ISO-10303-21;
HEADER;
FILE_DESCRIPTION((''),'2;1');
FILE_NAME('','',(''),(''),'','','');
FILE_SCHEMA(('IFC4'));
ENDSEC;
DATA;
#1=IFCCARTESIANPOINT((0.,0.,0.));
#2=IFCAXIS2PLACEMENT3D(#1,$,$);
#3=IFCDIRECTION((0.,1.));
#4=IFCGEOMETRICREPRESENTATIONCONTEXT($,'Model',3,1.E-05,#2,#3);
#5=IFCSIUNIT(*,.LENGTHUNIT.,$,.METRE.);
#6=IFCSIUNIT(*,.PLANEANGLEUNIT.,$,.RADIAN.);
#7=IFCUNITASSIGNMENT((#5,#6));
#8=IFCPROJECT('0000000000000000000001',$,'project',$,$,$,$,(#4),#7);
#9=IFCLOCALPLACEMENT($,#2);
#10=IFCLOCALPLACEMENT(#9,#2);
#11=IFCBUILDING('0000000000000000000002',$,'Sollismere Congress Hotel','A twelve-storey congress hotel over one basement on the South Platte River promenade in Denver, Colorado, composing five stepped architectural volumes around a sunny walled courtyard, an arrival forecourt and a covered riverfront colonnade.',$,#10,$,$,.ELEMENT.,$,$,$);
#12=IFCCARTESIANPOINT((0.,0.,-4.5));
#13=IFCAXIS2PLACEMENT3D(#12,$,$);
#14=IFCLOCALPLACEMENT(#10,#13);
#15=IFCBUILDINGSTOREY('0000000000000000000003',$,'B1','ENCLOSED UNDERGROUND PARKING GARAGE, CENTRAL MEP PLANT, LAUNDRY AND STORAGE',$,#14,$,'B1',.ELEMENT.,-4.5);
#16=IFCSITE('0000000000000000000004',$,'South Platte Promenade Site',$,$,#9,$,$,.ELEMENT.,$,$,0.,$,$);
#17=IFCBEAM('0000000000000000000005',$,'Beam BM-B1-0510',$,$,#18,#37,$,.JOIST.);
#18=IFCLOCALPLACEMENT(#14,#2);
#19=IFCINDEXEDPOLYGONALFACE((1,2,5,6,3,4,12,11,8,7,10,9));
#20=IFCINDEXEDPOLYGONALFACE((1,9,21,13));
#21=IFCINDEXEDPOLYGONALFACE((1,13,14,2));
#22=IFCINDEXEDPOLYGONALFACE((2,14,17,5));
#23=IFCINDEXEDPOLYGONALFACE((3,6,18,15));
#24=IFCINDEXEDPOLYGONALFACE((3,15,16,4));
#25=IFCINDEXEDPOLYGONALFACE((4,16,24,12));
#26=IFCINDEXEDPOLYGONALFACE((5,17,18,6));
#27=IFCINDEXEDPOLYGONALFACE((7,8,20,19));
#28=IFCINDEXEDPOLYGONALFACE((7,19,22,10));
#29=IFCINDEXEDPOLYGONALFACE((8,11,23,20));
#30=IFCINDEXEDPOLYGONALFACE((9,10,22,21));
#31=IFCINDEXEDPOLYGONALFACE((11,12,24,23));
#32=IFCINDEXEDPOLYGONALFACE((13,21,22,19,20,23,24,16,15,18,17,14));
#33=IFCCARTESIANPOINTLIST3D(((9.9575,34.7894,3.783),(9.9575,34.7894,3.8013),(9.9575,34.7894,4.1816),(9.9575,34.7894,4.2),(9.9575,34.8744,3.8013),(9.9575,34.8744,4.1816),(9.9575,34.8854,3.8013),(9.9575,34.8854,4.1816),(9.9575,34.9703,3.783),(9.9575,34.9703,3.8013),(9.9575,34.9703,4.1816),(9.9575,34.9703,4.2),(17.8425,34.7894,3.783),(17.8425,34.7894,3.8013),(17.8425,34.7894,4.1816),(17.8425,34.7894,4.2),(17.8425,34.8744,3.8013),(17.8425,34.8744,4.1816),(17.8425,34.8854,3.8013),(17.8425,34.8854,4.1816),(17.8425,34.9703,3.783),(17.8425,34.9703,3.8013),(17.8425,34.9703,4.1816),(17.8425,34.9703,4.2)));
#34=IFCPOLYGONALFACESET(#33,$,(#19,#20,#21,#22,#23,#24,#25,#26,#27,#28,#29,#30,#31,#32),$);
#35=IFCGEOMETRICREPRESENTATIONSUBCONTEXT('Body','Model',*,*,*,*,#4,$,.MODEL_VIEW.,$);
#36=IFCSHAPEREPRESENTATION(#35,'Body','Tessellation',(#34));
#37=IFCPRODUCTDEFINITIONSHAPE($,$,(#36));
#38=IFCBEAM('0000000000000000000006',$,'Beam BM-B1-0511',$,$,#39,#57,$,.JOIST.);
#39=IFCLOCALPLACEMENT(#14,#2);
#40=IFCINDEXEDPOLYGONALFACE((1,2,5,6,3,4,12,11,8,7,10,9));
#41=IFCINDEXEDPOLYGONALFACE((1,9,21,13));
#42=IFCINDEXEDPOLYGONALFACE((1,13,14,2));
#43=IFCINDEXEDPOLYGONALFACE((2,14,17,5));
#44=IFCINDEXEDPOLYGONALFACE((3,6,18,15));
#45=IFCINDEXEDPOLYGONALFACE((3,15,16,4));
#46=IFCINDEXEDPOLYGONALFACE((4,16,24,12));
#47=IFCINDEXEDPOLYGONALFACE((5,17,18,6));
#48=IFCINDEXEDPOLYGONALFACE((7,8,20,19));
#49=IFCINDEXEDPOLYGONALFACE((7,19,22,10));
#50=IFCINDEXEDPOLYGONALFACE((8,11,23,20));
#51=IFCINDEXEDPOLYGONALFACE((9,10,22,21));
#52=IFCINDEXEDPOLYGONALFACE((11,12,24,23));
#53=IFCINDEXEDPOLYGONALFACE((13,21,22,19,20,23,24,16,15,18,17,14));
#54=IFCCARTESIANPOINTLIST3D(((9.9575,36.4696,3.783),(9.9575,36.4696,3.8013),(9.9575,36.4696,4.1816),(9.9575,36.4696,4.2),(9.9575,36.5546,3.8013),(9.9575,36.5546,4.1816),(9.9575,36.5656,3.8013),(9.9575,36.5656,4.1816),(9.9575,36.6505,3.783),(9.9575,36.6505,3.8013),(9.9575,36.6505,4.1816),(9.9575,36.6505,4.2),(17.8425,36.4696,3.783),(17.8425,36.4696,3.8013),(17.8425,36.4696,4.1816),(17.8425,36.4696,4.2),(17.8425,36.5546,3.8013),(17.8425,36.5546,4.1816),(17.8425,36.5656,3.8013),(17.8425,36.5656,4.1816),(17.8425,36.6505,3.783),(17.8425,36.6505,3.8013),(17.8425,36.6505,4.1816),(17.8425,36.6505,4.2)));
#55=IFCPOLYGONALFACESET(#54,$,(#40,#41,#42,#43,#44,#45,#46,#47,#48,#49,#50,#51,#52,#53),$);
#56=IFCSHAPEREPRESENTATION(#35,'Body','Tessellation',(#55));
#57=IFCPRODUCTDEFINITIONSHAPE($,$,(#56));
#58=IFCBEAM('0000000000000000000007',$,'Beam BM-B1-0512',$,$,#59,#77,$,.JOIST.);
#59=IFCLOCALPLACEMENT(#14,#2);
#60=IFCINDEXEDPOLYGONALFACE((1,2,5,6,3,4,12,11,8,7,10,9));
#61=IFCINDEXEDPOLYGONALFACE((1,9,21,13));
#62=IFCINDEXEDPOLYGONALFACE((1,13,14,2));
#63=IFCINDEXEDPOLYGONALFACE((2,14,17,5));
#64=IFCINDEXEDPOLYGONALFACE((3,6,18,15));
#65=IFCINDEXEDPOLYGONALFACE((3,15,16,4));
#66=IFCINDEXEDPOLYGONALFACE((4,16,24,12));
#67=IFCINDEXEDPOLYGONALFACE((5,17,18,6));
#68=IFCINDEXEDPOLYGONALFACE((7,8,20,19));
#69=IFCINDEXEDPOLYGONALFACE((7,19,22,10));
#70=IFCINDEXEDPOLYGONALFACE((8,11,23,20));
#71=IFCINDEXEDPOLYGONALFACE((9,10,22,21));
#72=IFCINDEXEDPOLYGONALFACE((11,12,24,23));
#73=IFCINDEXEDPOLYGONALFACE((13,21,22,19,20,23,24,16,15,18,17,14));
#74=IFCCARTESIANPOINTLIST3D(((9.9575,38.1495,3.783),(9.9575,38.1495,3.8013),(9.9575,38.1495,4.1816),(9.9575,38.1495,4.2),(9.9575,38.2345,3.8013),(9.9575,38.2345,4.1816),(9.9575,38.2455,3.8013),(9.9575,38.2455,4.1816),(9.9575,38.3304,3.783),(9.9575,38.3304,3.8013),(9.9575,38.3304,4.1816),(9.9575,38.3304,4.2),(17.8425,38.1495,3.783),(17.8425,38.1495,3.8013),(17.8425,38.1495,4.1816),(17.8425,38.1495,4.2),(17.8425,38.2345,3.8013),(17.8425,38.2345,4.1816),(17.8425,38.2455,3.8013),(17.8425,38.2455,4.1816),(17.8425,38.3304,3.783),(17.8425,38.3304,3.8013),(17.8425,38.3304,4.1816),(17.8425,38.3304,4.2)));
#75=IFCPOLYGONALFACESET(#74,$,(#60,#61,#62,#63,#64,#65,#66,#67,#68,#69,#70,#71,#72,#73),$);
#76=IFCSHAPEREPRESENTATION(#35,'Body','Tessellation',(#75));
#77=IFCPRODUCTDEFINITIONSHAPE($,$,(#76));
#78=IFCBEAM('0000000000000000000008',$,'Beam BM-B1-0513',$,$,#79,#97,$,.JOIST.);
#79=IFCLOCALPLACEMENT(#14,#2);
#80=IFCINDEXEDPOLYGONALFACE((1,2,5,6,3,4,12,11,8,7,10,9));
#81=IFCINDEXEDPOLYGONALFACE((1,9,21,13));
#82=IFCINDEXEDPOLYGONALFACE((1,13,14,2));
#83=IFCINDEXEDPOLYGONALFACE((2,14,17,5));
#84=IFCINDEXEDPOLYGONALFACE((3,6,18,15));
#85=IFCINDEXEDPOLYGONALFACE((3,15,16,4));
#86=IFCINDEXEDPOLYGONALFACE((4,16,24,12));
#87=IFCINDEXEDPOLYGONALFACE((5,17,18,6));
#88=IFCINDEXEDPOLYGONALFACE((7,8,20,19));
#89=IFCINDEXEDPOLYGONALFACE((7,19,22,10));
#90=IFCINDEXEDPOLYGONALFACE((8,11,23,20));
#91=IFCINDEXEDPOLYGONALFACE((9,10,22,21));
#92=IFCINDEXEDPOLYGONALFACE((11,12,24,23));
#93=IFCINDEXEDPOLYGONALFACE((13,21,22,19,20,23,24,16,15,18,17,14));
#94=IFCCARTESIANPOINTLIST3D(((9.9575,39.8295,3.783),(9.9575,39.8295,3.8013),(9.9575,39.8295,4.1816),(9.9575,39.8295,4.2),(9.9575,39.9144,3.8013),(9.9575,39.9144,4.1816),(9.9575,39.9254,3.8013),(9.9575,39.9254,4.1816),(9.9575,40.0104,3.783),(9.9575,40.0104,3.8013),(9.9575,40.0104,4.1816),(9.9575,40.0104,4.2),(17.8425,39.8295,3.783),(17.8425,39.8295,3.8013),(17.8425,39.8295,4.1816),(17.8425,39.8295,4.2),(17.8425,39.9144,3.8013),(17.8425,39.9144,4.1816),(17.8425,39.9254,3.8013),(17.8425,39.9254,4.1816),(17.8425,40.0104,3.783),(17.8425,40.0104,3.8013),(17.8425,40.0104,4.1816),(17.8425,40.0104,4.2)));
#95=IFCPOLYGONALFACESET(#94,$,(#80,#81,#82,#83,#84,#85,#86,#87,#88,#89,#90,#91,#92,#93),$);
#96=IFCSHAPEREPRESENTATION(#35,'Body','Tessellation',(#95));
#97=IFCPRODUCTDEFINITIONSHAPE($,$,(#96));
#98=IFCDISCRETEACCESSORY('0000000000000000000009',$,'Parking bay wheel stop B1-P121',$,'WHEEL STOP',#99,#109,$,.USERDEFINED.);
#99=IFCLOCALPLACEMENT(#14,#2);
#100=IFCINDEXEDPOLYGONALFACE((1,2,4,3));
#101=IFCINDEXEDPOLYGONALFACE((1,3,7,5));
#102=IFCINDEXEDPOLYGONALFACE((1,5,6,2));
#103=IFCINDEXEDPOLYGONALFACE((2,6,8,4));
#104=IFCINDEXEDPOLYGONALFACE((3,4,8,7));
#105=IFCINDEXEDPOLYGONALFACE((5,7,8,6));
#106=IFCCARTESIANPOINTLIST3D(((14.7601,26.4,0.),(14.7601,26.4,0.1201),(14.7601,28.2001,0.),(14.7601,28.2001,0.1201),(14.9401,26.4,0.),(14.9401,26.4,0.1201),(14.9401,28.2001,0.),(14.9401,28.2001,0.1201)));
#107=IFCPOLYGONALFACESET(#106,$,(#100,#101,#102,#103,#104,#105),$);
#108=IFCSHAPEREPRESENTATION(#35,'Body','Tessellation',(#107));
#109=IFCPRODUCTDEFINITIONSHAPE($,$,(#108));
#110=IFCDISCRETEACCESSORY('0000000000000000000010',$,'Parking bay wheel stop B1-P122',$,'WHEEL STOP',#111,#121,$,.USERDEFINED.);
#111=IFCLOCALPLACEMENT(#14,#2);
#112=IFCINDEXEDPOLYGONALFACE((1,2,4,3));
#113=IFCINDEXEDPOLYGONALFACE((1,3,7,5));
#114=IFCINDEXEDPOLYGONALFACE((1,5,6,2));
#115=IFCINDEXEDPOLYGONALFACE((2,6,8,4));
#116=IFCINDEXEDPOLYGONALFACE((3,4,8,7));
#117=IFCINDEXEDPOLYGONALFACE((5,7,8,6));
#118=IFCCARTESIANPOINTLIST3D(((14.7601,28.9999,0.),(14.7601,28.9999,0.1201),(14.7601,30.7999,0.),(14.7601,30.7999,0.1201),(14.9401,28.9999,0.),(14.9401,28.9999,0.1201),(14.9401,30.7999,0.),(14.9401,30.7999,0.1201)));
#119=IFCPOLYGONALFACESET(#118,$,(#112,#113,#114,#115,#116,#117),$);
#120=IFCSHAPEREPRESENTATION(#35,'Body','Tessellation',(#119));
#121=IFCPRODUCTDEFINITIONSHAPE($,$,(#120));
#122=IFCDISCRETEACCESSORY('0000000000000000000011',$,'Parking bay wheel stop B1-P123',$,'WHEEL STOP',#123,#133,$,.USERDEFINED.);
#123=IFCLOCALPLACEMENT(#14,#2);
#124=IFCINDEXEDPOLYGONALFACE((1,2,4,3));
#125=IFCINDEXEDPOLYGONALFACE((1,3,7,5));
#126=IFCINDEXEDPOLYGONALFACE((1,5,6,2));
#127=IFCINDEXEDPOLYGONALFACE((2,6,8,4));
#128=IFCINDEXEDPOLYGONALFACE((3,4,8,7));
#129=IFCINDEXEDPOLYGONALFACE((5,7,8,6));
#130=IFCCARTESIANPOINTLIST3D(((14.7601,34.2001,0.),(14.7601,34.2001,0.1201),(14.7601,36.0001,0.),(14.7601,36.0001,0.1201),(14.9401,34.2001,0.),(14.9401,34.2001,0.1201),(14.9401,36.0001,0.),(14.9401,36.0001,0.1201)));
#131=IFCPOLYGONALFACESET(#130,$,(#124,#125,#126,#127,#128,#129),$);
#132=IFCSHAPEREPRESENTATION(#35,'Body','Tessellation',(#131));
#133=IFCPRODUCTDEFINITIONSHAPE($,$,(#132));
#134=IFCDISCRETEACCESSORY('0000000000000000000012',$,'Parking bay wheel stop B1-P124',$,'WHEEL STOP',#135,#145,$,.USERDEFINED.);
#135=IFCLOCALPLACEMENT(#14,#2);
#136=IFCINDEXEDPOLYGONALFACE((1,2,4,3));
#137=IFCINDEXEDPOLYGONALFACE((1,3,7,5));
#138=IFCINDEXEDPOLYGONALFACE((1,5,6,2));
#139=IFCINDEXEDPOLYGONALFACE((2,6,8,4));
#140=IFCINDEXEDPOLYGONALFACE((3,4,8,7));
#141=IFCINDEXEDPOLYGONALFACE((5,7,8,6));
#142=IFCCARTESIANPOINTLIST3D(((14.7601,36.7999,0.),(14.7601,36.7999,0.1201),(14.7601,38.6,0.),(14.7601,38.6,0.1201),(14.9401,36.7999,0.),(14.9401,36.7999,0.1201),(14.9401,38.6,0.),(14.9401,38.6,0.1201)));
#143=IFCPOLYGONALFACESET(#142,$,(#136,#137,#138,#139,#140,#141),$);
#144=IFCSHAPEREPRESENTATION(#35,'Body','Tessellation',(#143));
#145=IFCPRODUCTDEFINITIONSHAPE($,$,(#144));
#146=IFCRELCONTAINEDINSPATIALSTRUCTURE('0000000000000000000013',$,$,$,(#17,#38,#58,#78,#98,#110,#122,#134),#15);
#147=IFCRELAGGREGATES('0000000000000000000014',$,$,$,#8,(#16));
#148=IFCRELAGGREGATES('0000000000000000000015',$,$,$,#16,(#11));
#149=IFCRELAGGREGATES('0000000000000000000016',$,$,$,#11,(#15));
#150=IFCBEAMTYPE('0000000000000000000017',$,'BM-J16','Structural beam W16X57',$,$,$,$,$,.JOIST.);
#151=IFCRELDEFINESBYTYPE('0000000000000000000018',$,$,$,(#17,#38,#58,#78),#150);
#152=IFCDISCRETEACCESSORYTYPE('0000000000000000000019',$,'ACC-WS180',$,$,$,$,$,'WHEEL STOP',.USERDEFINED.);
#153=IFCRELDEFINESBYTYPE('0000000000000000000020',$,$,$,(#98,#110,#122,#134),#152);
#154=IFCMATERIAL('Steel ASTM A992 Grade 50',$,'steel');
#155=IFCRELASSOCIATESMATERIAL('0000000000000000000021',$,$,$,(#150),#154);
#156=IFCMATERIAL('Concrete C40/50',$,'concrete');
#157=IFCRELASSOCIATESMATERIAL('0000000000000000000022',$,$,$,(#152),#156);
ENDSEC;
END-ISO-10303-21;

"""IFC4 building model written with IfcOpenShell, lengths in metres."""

from ifc_helpers import new_model, si_unit, direction, frame, origin, origin_2d, place, context, subcontext, project, spatial, rectangle, i_section, extrude, material, material_profile, profile_set, type_object, element, save


model = new_model("IFC4")

# Units and contexts
model_context = context("Model", 3, precision=1e-05, world=origin(), true_north=direction((0.0, 1.0)))
body_context = subcontext(model_context, "Body", "Model", "MODEL_VIEW")
ifc_project = project(units=[si_unit("LENGTHUNIT", "METRE"), si_unit("PLANEANGLEUNIT", "RADIAN")], contexts=[model_context])

# Site, building, storey
site_placement = place(None, origin())
site = spatial("IfcSite", under=ifc_project, at=site_placement, Name="South Platte Promenade Site", CompositionType="ELEMENT", RefElevation=0.0)
building_placement = place(site_placement, origin())
building = spatial("IfcBuilding", under=site, at=building_placement, Name="Sollismere Congress Hotel", Description="A twelve-storey congress hotel over one basement on the South Platte River promenade in Denver, Colorado, composing five stepped architectural volumes around a sunny walled courtyard, an arrival forecourt and a covered riverfront colonnade.", CompositionType="ELEMENT")
storey_placement = place(building_placement, frame((0.0, 0.0, -4.5)))
storey = spatial("IfcBuildingStorey", under=building, at=storey_placement, Name="B1", Description="ENCLOSED UNDERGROUND PARKING GARAGE, CENTRAL MEP PLANT, LAUNDRY AND STORAGE", LongName="B1", CompositionType="ELEMENT", Elevation=-4.5)

# Shared definitions
ifc_material_1 = material(Name="Concrete C40/50", Category="concrete")

# Beams
ifc_material_2 = material(Name="Steel ASTM A992 Grade 50", Category="steel")
ifc_material_profile_1 = material_profile(ifc_material_2, i_section(OverallWidth=0.1809, OverallDepth=0.417, WebThickness=0.011, FlangeThickness=0.0183, at=origin_2d()), Name="W16X57")
ifc_profile_set_1 = profile_set([ifc_material_profile_1], Name="Steel ASTM A992 Grade 50")
beam_type_1 = type_object("IfcBeamType", Name="BM-J16", Description="Structural beam W16X57", PredefinedType="JOIST", material=ifc_profile_set_1)
for number, where, z_axis, x_axis, name in (
    (1, (9.9575, 34.8799, 3.9915), (1.0, 0.0, 0.0), (0.0, 1.0, 0.0), "Beam BM-B1-0510"),
    (2, (9.9575, 36.5601, 3.9915), (1.0, 0.0, 0.0), (0.0, 1.0, 0.0), "Beam BM-B1-0511"),
    (3, (9.9575, 38.24, 3.9915), (1.0, 0.0, 0.0), (0.0, 1.0, 0.0), "Beam BM-B1-0512"),
    (4, (9.9575, 39.9199, 3.9915), (1.0, 0.0, 0.0), (0.0, 1.0, 0.0), "Beam BM-B1-0513"),
):
    element("IfcBeam", number, at=place(storey_placement, frame(where, z_axis=z_axis, x_axis=x_axis)), inside=storey, type_object=beam_type_1, Name=name, PredefinedType="JOIST", context=body_context, shape_type="SweptSolid", body=[
        extrude(i_section(OverallWidth=0.1809, OverallDepth=0.417, WebThickness=0.011, FlangeThickness=0.0183, at=origin_2d()), origin(), (0.0, 0.0, 1.0), 7.885),
    ])

# Discrete accessories
discrete_accessory_type = type_object("IfcDiscreteAccessoryType", Name="ACC-WS180", ElementType="WHEEL STOP", PredefinedType="USERDEFINED", material=ifc_material_1)
for number, where, z_axis, x_axis, name in (
    (5, (14.8501, 27.3, 0.0), (0.0, 0.0, 1.0), (1.0, 0.0, 0.0), "Parking bay wheel stop B1-P121"),
    (6, (14.8501, 29.8999, 0.0), (0.0, 0.0, 1.0), (1.0, 0.0, 0.0), "Parking bay wheel stop B1-P122"),
    (7, (14.8501, 35.1001, 0.0), (0.0, 0.0, 1.0), (1.0, 0.0, 0.0), "Parking bay wheel stop B1-P123"),
    (8, (14.8501, 37.7, 0.0), (0.0, 0.0, 1.0), (1.0, 0.0, 0.0), "Parking bay wheel stop B1-P124"),
):
    element("IfcDiscreteAccessory", number, at=place(storey_placement, frame(where, z_axis=z_axis, x_axis=x_axis)), inside=storey, type_object=discrete_accessory_type, Name=name, ObjectType="WHEEL STOP", PredefinedType="USERDEFINED", context=body_context, shape_type="SweptSolid", body=[
        extrude(rectangle(XDim=0.1799, YDim=1.8, at=origin_2d()), origin(), (0.0, 0.0, 1.0), 0.1201),
    ])

save(model, "model.ifc")
